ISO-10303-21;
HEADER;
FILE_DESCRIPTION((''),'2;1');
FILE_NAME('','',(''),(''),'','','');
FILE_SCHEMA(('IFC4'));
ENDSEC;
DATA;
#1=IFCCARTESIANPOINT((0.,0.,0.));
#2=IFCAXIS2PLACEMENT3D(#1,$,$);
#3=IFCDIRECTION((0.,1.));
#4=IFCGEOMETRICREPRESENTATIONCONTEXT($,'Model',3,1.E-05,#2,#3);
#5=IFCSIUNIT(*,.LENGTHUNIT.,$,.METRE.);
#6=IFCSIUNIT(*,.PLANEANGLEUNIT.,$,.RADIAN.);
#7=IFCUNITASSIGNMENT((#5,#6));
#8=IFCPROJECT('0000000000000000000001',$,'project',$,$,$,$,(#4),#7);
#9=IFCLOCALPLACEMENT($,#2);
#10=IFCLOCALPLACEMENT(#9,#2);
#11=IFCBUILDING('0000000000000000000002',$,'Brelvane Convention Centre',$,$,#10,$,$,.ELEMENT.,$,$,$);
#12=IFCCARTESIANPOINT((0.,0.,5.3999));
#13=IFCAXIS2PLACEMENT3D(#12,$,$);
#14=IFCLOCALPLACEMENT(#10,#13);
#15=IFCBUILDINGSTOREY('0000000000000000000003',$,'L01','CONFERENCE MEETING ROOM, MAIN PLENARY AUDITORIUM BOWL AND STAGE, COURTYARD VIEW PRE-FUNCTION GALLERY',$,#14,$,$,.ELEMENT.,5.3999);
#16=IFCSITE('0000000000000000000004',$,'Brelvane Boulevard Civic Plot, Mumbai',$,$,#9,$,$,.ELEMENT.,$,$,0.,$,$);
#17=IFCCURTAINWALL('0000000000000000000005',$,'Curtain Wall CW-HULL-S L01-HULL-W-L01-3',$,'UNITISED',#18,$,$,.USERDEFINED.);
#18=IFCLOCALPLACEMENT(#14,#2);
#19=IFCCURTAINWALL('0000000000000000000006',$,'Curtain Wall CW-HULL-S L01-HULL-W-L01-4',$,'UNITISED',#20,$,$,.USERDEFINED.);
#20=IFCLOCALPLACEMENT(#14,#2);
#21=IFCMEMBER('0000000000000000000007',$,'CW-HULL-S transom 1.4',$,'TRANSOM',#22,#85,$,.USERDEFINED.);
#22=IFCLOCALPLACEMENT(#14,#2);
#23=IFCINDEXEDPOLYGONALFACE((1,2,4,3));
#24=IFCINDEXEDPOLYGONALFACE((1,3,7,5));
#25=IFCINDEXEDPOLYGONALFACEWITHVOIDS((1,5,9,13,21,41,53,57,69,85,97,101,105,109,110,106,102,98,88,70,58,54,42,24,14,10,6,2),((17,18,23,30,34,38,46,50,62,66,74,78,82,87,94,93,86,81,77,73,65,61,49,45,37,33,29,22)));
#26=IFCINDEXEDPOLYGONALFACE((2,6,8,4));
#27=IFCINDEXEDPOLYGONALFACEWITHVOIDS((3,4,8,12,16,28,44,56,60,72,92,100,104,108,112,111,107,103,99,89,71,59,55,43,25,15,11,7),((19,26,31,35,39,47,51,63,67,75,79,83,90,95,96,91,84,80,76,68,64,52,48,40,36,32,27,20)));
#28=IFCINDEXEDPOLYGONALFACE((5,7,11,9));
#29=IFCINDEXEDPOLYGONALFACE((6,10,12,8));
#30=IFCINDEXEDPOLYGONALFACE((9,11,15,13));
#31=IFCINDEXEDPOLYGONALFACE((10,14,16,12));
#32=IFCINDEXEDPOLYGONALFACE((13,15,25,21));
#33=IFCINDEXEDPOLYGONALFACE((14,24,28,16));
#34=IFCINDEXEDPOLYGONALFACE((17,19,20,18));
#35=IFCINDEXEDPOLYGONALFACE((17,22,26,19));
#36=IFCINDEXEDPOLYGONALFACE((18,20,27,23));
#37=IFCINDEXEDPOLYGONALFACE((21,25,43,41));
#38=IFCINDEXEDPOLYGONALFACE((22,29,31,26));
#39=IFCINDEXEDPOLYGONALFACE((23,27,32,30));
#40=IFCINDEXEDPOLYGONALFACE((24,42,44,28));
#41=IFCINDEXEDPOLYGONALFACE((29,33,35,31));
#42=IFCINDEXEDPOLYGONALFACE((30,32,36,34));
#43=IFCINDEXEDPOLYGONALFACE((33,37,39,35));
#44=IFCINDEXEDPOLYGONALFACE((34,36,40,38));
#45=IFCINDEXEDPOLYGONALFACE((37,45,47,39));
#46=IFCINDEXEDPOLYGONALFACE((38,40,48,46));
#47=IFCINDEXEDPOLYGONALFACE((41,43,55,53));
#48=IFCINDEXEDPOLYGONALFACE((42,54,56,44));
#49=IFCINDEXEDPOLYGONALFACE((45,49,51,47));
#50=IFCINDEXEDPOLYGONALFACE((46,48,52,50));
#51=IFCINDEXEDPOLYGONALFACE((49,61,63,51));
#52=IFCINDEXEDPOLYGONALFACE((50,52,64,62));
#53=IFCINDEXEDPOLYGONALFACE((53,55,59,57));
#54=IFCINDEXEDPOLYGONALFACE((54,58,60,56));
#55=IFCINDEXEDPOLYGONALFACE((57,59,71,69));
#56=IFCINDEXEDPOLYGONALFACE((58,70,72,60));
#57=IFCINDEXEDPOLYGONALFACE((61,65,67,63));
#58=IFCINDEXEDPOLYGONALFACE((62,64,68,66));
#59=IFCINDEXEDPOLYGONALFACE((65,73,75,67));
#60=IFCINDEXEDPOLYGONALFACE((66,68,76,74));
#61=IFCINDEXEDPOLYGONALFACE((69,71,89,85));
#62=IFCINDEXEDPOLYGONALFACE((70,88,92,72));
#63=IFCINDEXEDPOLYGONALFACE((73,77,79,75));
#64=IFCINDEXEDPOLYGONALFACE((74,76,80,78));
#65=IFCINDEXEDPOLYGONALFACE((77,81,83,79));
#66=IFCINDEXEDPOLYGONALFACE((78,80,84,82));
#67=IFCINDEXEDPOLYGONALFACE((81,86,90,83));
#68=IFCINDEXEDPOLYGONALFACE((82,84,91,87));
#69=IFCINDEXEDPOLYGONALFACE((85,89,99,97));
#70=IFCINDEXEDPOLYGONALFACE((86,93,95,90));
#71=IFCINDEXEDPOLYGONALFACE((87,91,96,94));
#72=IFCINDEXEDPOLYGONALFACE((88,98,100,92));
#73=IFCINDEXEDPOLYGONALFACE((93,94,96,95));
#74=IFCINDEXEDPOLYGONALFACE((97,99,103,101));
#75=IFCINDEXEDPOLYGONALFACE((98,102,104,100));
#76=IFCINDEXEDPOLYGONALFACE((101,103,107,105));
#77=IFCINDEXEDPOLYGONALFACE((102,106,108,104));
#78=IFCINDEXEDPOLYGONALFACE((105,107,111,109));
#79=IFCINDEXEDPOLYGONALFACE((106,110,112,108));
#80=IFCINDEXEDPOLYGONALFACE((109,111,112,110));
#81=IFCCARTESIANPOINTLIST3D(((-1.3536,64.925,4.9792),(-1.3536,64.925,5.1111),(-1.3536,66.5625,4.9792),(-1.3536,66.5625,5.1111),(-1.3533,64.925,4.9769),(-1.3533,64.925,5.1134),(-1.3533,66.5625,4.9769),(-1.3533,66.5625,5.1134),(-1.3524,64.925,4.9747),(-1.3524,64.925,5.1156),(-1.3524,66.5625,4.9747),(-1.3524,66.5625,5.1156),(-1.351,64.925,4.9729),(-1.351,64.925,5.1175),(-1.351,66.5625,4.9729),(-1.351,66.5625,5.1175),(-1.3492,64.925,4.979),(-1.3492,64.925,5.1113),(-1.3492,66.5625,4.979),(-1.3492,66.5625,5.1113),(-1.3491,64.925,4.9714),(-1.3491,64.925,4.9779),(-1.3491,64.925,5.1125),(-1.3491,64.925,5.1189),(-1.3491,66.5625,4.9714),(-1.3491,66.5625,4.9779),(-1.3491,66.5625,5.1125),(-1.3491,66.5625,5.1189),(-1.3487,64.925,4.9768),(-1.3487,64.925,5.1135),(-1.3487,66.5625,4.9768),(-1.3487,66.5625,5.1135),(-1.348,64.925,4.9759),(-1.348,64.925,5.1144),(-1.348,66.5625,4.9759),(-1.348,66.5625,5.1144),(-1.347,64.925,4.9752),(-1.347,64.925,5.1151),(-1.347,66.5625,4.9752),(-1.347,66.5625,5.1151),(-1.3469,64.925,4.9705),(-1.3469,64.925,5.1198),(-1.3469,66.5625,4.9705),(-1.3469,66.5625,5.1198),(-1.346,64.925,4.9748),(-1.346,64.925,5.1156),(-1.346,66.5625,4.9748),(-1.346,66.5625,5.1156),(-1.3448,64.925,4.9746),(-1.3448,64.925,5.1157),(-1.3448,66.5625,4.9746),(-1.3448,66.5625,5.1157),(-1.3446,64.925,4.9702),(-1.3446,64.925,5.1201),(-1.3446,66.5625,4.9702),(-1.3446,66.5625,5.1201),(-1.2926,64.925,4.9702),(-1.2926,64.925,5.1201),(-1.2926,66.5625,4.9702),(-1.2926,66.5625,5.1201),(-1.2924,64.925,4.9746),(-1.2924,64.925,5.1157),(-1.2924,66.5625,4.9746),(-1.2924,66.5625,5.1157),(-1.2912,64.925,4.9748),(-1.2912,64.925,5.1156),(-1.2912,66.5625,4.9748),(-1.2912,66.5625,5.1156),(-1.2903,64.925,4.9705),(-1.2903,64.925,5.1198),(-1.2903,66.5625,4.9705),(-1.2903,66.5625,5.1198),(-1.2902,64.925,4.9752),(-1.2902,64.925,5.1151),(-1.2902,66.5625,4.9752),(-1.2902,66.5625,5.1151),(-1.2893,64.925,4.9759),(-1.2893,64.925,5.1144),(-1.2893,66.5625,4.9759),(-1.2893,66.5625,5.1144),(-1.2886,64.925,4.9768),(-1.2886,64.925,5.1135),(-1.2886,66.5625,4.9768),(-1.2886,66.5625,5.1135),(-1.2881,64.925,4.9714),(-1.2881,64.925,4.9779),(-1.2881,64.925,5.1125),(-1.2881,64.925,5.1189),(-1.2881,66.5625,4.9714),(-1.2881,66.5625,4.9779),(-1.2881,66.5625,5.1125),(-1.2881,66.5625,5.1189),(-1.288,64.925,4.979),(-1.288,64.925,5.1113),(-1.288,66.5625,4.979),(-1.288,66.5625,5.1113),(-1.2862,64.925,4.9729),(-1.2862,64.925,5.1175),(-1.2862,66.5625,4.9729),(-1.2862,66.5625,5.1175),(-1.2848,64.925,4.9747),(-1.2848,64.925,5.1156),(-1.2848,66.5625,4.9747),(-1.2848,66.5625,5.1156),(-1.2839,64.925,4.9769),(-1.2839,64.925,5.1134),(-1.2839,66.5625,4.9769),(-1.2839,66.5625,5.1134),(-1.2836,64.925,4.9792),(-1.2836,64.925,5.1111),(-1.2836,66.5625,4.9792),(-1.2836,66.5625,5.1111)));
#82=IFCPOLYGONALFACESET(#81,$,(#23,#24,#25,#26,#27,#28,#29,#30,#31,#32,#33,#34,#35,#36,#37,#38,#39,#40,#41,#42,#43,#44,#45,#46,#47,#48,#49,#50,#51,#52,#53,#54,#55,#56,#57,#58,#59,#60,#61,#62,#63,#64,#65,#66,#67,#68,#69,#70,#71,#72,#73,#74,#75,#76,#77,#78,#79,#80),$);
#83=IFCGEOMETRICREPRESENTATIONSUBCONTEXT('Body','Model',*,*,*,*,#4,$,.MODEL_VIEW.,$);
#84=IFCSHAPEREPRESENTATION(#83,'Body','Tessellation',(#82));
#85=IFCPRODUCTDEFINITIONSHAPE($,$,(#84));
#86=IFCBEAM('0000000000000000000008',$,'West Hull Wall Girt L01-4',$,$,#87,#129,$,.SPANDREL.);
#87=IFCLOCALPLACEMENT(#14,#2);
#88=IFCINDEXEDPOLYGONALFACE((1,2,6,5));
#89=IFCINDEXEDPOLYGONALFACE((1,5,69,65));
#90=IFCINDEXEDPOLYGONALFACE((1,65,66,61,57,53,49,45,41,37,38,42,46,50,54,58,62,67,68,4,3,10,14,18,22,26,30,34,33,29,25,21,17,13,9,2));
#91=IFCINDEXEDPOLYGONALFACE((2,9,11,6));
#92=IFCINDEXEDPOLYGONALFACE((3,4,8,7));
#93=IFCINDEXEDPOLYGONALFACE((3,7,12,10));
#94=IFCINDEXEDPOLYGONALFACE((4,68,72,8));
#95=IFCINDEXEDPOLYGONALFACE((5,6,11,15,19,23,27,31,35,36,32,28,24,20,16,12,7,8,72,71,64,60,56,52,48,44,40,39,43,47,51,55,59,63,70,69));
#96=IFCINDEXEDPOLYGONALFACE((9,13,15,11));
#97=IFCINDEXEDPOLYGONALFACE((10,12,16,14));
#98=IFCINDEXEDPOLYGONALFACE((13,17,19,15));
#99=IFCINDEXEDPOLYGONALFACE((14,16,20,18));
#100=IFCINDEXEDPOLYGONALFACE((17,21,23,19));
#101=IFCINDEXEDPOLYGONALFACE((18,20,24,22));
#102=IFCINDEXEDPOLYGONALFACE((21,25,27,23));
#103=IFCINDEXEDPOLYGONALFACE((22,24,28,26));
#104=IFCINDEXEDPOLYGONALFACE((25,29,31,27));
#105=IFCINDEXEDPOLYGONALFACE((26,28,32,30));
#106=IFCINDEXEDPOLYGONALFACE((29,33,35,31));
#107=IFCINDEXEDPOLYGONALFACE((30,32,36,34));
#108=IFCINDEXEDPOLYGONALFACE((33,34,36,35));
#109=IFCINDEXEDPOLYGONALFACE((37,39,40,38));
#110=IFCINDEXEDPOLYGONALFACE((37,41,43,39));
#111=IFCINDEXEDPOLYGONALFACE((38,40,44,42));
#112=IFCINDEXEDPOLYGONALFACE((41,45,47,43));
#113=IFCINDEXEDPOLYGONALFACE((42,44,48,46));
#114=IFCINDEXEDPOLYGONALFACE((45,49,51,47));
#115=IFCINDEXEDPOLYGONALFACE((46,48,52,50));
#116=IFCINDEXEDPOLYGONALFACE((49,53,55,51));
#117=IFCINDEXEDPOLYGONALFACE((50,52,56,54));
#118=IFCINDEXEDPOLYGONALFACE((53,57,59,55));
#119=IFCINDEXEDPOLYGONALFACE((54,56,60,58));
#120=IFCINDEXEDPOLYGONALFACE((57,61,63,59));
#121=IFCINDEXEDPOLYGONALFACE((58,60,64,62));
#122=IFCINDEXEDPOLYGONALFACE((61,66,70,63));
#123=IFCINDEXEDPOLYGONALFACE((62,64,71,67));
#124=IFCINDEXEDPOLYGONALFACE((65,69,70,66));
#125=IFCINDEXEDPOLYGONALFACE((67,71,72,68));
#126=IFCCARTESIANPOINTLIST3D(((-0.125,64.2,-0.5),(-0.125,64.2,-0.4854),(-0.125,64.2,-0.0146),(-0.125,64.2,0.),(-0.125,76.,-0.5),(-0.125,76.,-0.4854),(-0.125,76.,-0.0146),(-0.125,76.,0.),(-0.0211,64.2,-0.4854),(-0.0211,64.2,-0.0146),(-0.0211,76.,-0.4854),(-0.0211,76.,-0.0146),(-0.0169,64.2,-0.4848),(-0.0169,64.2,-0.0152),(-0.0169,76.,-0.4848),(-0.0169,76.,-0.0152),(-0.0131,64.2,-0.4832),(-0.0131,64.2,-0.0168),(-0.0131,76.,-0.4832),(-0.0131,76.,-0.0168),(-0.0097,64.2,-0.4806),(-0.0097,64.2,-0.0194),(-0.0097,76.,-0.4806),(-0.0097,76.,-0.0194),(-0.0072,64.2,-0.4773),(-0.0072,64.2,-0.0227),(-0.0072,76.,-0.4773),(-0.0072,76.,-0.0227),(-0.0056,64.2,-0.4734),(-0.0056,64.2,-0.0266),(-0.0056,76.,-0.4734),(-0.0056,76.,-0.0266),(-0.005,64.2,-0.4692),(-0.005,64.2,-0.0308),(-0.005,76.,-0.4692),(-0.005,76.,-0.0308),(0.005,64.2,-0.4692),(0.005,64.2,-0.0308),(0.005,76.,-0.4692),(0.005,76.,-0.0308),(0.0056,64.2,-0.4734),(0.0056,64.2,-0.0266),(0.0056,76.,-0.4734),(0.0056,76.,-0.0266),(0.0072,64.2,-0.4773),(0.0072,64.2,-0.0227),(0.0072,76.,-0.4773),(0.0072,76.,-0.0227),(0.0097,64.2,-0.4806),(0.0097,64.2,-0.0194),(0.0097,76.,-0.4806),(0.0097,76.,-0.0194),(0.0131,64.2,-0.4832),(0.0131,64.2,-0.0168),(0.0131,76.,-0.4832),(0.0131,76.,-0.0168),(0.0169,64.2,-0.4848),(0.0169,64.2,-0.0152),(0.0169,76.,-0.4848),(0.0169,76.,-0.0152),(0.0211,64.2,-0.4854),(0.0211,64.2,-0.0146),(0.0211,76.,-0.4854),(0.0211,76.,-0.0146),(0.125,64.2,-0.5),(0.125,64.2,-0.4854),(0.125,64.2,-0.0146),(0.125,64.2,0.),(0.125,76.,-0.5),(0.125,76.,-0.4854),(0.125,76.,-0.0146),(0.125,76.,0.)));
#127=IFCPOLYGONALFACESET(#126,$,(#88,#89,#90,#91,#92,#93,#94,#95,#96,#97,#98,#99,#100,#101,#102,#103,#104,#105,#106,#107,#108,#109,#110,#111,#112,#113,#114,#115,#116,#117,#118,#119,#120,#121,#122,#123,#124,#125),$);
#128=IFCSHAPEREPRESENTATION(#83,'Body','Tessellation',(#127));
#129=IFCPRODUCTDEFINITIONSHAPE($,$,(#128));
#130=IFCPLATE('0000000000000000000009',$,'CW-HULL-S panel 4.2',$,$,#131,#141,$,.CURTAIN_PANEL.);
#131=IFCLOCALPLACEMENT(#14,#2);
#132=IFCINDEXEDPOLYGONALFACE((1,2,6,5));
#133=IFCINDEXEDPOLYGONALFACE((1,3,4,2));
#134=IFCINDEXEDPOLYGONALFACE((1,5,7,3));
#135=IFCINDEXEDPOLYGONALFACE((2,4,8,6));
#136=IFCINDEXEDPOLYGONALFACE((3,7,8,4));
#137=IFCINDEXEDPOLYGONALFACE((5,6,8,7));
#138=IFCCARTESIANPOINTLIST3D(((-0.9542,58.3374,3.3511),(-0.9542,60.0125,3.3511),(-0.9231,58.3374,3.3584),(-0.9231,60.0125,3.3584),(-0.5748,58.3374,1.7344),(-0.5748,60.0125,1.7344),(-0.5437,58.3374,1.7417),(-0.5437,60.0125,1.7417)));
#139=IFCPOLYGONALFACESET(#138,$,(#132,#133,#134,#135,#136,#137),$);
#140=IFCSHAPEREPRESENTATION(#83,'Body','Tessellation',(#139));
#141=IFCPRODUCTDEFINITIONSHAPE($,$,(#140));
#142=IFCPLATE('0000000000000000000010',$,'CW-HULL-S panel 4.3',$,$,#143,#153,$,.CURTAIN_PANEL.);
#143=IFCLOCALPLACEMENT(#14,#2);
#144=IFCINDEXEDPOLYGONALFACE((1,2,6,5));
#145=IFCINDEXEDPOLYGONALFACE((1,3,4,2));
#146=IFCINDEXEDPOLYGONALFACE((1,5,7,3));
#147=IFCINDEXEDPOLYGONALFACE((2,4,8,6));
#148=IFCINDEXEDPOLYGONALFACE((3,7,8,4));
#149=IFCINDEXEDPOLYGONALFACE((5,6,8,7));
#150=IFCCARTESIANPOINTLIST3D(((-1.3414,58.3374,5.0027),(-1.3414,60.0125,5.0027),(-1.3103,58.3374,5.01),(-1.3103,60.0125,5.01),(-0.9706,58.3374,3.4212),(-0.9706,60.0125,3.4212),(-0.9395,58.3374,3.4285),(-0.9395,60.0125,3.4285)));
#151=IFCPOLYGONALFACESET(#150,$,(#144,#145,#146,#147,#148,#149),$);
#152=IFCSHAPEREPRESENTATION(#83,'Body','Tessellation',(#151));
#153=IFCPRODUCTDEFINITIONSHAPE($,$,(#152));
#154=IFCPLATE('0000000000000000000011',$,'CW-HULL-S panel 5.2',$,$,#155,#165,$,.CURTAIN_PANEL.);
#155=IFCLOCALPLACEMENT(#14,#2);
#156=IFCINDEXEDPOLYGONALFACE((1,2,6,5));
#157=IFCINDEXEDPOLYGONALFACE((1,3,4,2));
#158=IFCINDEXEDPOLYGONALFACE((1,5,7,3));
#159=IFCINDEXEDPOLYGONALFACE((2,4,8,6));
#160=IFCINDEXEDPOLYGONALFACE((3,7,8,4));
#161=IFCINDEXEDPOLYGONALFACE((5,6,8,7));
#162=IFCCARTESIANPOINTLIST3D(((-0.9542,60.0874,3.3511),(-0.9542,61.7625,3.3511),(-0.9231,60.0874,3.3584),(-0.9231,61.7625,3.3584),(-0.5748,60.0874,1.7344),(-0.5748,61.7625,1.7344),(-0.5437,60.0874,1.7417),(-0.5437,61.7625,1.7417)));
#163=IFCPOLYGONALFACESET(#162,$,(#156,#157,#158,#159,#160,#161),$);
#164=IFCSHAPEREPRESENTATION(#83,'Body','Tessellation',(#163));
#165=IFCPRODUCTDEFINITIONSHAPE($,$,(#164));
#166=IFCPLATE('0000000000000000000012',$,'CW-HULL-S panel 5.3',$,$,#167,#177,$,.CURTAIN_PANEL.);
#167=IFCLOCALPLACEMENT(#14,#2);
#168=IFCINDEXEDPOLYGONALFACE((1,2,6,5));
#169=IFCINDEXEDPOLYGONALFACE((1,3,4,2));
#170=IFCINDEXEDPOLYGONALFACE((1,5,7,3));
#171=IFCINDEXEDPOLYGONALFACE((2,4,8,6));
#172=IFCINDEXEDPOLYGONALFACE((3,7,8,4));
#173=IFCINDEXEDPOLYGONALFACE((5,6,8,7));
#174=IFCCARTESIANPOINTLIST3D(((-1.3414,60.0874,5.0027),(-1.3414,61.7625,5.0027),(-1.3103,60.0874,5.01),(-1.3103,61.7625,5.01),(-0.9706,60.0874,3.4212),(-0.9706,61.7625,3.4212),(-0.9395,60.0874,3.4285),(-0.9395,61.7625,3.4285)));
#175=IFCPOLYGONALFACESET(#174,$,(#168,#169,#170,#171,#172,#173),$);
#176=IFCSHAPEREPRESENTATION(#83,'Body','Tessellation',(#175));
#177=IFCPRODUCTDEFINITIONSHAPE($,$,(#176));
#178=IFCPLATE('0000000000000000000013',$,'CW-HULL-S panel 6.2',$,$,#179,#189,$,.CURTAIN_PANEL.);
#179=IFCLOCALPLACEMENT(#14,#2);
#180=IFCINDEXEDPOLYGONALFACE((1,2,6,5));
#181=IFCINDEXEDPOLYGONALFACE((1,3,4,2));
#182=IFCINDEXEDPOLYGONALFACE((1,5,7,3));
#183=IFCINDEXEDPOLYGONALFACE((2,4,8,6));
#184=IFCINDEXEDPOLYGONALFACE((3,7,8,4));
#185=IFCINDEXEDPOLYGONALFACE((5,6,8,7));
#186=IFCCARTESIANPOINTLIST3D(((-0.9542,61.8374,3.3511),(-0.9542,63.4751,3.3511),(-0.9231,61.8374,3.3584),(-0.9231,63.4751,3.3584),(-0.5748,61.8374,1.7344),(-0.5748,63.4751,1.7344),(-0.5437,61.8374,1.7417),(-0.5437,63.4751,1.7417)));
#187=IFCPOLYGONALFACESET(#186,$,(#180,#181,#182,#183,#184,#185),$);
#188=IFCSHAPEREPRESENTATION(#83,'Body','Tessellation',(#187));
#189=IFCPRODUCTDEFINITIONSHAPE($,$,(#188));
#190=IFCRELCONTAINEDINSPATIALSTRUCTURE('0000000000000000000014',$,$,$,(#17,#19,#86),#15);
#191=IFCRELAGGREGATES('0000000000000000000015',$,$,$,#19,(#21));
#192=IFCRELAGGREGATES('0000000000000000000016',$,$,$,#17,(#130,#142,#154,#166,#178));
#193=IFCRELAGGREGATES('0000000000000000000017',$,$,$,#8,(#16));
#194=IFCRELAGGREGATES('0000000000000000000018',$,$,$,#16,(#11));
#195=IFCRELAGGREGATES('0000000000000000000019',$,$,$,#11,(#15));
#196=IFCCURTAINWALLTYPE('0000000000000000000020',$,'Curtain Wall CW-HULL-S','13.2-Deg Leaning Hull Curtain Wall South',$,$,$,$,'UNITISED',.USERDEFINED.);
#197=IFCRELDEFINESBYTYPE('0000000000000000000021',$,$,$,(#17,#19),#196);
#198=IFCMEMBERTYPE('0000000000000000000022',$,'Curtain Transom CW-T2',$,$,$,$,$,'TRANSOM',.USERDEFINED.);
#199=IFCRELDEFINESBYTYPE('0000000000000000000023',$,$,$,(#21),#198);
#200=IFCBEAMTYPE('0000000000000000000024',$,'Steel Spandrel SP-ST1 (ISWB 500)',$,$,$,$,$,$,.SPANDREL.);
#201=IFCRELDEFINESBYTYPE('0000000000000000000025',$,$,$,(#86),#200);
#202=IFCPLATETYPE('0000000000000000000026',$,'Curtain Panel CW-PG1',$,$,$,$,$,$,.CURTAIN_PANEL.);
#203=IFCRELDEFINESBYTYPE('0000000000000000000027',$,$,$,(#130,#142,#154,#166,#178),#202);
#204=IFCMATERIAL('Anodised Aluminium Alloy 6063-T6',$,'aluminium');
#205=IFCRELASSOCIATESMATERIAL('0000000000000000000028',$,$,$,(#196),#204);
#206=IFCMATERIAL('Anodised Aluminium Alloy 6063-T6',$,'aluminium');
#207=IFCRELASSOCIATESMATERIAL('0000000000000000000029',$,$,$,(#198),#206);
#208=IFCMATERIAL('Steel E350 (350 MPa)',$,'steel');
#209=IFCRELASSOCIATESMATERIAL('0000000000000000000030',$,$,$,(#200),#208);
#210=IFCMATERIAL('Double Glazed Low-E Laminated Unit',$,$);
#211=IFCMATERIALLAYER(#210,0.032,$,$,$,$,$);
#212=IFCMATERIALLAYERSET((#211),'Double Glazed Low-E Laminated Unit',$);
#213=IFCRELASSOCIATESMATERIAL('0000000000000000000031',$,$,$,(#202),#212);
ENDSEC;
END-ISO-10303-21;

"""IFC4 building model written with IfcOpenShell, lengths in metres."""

from ifc_helpers import new_model, si_unit, direction, frame, origin, origin_2d, place, context, subcontext, project, spatial, polyline, hollow_rectangle, i_section, outline, extrude, material, layer, layer_set, material_profile, profile_set, type_object, element, aggregate, save


model = new_model("IFC4")

# Units and contexts
model_context = context("Model", 3, precision=1e-05, world=origin(), true_north=direction((0.0, 1.0)))
body_context = subcontext(model_context, "Body", "Model", "MODEL_VIEW")
ifc_project = project(units=[si_unit("LENGTHUNIT", "METRE"), si_unit("PLANEANGLEUNIT", "RADIAN")], contexts=[model_context])

# Site, building, storey
site_placement = place(None, origin())
site = spatial("IfcSite", under=ifc_project, at=site_placement, Name="Brelvane Boulevard Civic Plot, Mumbai", CompositionType="ELEMENT", RefElevation=0.0)
building_placement = place(site_placement, origin())
building = spatial("IfcBuilding", under=site, at=building_placement, Name="Brelvane Convention Centre", CompositionType="ELEMENT")
storey_placement = place(building_placement, frame((0.0, 0.0, 5.3999)))
storey = spatial("IfcBuildingStorey", under=building, at=storey_placement, Name="L01", Description="CONFERENCE MEETING ROOM, MAIN PLENARY AUDITORIUM BOWL AND STAGE, COURTYARD VIEW PRE-FUNCTION GALLERY", CompositionType="ELEMENT", Elevation=5.3999)

# Curtain wall
ifc_material_1 = material(Name="Anodised Aluminium Alloy 6063-T6", Category="aluminium")
curtain_wall_type = type_object("IfcCurtainWallType", Name="Curtain Wall CW-HULL-S", Description="13.2-Deg Leaning Hull Curtain Wall South", ElementType="UNITISED", PredefinedType="USERDEFINED", material=ifc_material_1)
curtain_wall_1_placement = place(storey_placement, origin())
curtain_wall_1 = element("IfcCurtainWall", 1, at=curtain_wall_1_placement, inside=storey, type_object=curtain_wall_type, Name="Curtain Wall CW-HULL-S L01-HULL-W-L01-3", ObjectType="UNITISED", PredefinedType="USERDEFINED")

# Curtain wall
curtain_wall_2_placement = place(storey_placement, origin())
curtain_wall_2 = element("IfcCurtainWall", 2, at=curtain_wall_2_placement, inside=storey, type_object=curtain_wall_type, Name="Curtain Wall CW-HULL-S L01-HULL-W-L01-4", ObjectType="UNITISED", PredefinedType="USERDEFINED")

# Member
ifc_material_2 = material(Name="Anodised Aluminium Alloy 6063-T6", Category="aluminium")
ifc_material_profile_1 = material_profile(ifc_material_2, hollow_rectangle(XDim=0.0701, YDim=0.1499, WallThickness=0.0044, InnerFilletRadius=0.0044, OuterFilletRadius=0.009, at=origin_2d()), Name="ALU-T 150x70x4.5")
ifc_profile_set_1 = profile_set([ifc_material_profile_1], Name="Anodised Aluminium Alloy 6063-T6")
member_type_1 = type_object("IfcMemberType", Name="Curtain Transom CW-T2", ElementType="TRANSOM", PredefinedType="USERDEFINED", material=ifc_profile_set_1)
member_1_placement = place(storey_placement, frame((-1.3186, 64.925, 5.0452), z_axis=(0.0, 1.0, 0.0), x_axis=(-1.0, 0.0, 0.0)))
member_1 = element("IfcMember", 3, at=member_1_placement, type_object=member_type_1, Name="CW-HULL-S transom 1.4", ObjectType="TRANSOM", PredefinedType="USERDEFINED", context=body_context, shape_type="SweptSolid", body=[
    extrude(hollow_rectangle(XDim=0.0701, YDim=0.1499, WallThickness=0.0044, InnerFilletRadius=0.0044, OuterFilletRadius=0.009, at=origin_2d()), origin(), (0.0, 0.0, 1.0), 1.6375),
])

# Beam
ifc_material_3 = material(Name="Steel E350 (350 MPa)", Category="steel")
ifc_material_profile_2 = material_profile(ifc_material_3, i_section(OverallWidth=0.25, OverallDepth=0.5, WebThickness=0.01, FlangeThickness=0.0146, FilletRadius=0.0161, at=origin_2d()), Name="ISWB 500")
ifc_profile_set_2 = profile_set([ifc_material_profile_2], Name="Steel E350 (350 MPa)")
beam_type = type_object("IfcBeamType", Name="Steel Spandrel SP-ST1 (ISWB 500)", PredefinedType="SPANDREL", material=ifc_profile_set_2)
beam_placement = place(storey_placement, frame((0.0, 64.2, -0.25), z_axis=(0.0, 1.0, 0.0), x_axis=(-1.0, 0.0, 0.0)))
element("IfcBeam", 4, at=beam_placement, inside=storey, type_object=beam_type, Name="West Hull Wall Girt L01-4", PredefinedType="SPANDREL", context=body_context, shape_type="SweptSolid", body=[
    extrude(i_section(OverallWidth=0.25, OverallDepth=0.5, WebThickness=0.01, FlangeThickness=0.0146, FilletRadius=0.0161, at=origin_2d()), origin(), (0.0, 0.0, 1.0), 11.8),
])

# Plates
ifc_material_4 = material(Name="Double Glazed Low-E Laminated Unit")
ifc_layer_1 = layer(ifc_material_4, 0.032)
ifc_layer_set_1 = layer_set([ifc_layer_1], Name="Double Glazed Low-E Laminated Unit")
plate_type_1 = type_object("IfcPlateType", Name="Curtain Panel CW-PG1", PredefinedType="CURTAIN_PANEL", material=ifc_layer_set_1)
plate_1_placement = place(storey_placement, frame((-0.5437, 58.3374, 1.7417), z_axis=(0.973552, 0.0, 0.228466), x_axis=(0.0, 1.0, 0.0)))
plate_1 = element("IfcPlate", 5, at=plate_1_placement, type_object=plate_type_1, Name="CW-HULL-S panel 4.2", PredefinedType="CURTAIN_PANEL", context=body_context, shape_type="SweptSolid", body=[
    extrude(outline(polyline([(0.0, 0.0), (1.675, 0.0), (1.675, 1.6606), (0.0, 1.6606), (0.0, 0.0)])), origin(), (0.0, 0.0, -1.0), 0.032),
])
plate_2_placement = place(storey_placement, frame((-0.9395, 58.3374, 3.4285), z_axis=(0.973592, 0.0, 0.228294), x_axis=(0.0, 1.0, 0.0)))
plate_2 = element("IfcPlate", 6, at=plate_2_placement, type_object=plate_type_1, Name="CW-HULL-S panel 4.3", PredefinedType="CURTAIN_PANEL", context=body_context, shape_type="SweptSolid", body=[
    extrude(outline(polyline([(0.0, 0.0), (1.675, 0.0), (1.675, 1.6244), (0.0, 1.6244), (0.0, 0.0)])), origin(), (0.0, 0.0, -1.0), 0.032),
])
plate_3_placement = place(storey_placement, frame((-0.5437, 60.0874, 1.7417), z_axis=(0.973552, 0.0, 0.228466), x_axis=(0.0, 1.0, 0.0)))
plate_3 = element("IfcPlate", 7, at=plate_3_placement, type_object=plate_type_1, Name="CW-HULL-S panel 5.2", PredefinedType="CURTAIN_PANEL", context=body_context, shape_type="SweptSolid", body=[
    extrude(outline(polyline([(0.0, 0.0), (1.675, 0.0), (1.675, 1.6606), (0.0, 1.6606), (0.0, 0.0)])), origin(), (0.0, 0.0, -1.0), 0.032),
])
plate_4_placement = place(storey_placement, frame((-0.9395, 60.0874, 3.4285), z_axis=(0.973592, 0.0, 0.228294), x_axis=(0.0, 1.0, 0.0)))
plate_4 = element("IfcPlate", 8, at=plate_4_placement, type_object=plate_type_1, Name="CW-HULL-S panel 5.3", PredefinedType="CURTAIN_PANEL", context=body_context, shape_type="SweptSolid", body=[
    extrude(outline(polyline([(0.0, 0.0), (1.675, 0.0), (1.675, 1.6244), (0.0, 1.6244), (0.0, 0.0)])), origin(), (0.0, 0.0, -1.0), 0.032),
])
plate_5_placement = place(storey_placement, frame((-0.5437, 61.8374, 1.7417), z_axis=(0.973552, 0.0, 0.228466), x_axis=(0.0, 1.0, 0.0)))
plate_5 = element("IfcPlate", 9, at=plate_5_placement, type_object=plate_type_1, Name="CW-HULL-S panel 6.2", PredefinedType="CURTAIN_PANEL", context=body_context, shape_type="SweptSolid", body=[
    extrude(outline(polyline([(0.0, 0.0), (1.6377, 0.0), (1.6377, 1.6606), (0.0, 1.6606), (0.0, 0.0)])), origin(), (0.0, 0.0, -1.0), 0.032),
])
aggregate(curtain_wall_2, [member_1])
aggregate(curtain_wall_1, [plate_1, plate_2, plate_3, plate_4, plate_5])

save(model, "model.ifc")
